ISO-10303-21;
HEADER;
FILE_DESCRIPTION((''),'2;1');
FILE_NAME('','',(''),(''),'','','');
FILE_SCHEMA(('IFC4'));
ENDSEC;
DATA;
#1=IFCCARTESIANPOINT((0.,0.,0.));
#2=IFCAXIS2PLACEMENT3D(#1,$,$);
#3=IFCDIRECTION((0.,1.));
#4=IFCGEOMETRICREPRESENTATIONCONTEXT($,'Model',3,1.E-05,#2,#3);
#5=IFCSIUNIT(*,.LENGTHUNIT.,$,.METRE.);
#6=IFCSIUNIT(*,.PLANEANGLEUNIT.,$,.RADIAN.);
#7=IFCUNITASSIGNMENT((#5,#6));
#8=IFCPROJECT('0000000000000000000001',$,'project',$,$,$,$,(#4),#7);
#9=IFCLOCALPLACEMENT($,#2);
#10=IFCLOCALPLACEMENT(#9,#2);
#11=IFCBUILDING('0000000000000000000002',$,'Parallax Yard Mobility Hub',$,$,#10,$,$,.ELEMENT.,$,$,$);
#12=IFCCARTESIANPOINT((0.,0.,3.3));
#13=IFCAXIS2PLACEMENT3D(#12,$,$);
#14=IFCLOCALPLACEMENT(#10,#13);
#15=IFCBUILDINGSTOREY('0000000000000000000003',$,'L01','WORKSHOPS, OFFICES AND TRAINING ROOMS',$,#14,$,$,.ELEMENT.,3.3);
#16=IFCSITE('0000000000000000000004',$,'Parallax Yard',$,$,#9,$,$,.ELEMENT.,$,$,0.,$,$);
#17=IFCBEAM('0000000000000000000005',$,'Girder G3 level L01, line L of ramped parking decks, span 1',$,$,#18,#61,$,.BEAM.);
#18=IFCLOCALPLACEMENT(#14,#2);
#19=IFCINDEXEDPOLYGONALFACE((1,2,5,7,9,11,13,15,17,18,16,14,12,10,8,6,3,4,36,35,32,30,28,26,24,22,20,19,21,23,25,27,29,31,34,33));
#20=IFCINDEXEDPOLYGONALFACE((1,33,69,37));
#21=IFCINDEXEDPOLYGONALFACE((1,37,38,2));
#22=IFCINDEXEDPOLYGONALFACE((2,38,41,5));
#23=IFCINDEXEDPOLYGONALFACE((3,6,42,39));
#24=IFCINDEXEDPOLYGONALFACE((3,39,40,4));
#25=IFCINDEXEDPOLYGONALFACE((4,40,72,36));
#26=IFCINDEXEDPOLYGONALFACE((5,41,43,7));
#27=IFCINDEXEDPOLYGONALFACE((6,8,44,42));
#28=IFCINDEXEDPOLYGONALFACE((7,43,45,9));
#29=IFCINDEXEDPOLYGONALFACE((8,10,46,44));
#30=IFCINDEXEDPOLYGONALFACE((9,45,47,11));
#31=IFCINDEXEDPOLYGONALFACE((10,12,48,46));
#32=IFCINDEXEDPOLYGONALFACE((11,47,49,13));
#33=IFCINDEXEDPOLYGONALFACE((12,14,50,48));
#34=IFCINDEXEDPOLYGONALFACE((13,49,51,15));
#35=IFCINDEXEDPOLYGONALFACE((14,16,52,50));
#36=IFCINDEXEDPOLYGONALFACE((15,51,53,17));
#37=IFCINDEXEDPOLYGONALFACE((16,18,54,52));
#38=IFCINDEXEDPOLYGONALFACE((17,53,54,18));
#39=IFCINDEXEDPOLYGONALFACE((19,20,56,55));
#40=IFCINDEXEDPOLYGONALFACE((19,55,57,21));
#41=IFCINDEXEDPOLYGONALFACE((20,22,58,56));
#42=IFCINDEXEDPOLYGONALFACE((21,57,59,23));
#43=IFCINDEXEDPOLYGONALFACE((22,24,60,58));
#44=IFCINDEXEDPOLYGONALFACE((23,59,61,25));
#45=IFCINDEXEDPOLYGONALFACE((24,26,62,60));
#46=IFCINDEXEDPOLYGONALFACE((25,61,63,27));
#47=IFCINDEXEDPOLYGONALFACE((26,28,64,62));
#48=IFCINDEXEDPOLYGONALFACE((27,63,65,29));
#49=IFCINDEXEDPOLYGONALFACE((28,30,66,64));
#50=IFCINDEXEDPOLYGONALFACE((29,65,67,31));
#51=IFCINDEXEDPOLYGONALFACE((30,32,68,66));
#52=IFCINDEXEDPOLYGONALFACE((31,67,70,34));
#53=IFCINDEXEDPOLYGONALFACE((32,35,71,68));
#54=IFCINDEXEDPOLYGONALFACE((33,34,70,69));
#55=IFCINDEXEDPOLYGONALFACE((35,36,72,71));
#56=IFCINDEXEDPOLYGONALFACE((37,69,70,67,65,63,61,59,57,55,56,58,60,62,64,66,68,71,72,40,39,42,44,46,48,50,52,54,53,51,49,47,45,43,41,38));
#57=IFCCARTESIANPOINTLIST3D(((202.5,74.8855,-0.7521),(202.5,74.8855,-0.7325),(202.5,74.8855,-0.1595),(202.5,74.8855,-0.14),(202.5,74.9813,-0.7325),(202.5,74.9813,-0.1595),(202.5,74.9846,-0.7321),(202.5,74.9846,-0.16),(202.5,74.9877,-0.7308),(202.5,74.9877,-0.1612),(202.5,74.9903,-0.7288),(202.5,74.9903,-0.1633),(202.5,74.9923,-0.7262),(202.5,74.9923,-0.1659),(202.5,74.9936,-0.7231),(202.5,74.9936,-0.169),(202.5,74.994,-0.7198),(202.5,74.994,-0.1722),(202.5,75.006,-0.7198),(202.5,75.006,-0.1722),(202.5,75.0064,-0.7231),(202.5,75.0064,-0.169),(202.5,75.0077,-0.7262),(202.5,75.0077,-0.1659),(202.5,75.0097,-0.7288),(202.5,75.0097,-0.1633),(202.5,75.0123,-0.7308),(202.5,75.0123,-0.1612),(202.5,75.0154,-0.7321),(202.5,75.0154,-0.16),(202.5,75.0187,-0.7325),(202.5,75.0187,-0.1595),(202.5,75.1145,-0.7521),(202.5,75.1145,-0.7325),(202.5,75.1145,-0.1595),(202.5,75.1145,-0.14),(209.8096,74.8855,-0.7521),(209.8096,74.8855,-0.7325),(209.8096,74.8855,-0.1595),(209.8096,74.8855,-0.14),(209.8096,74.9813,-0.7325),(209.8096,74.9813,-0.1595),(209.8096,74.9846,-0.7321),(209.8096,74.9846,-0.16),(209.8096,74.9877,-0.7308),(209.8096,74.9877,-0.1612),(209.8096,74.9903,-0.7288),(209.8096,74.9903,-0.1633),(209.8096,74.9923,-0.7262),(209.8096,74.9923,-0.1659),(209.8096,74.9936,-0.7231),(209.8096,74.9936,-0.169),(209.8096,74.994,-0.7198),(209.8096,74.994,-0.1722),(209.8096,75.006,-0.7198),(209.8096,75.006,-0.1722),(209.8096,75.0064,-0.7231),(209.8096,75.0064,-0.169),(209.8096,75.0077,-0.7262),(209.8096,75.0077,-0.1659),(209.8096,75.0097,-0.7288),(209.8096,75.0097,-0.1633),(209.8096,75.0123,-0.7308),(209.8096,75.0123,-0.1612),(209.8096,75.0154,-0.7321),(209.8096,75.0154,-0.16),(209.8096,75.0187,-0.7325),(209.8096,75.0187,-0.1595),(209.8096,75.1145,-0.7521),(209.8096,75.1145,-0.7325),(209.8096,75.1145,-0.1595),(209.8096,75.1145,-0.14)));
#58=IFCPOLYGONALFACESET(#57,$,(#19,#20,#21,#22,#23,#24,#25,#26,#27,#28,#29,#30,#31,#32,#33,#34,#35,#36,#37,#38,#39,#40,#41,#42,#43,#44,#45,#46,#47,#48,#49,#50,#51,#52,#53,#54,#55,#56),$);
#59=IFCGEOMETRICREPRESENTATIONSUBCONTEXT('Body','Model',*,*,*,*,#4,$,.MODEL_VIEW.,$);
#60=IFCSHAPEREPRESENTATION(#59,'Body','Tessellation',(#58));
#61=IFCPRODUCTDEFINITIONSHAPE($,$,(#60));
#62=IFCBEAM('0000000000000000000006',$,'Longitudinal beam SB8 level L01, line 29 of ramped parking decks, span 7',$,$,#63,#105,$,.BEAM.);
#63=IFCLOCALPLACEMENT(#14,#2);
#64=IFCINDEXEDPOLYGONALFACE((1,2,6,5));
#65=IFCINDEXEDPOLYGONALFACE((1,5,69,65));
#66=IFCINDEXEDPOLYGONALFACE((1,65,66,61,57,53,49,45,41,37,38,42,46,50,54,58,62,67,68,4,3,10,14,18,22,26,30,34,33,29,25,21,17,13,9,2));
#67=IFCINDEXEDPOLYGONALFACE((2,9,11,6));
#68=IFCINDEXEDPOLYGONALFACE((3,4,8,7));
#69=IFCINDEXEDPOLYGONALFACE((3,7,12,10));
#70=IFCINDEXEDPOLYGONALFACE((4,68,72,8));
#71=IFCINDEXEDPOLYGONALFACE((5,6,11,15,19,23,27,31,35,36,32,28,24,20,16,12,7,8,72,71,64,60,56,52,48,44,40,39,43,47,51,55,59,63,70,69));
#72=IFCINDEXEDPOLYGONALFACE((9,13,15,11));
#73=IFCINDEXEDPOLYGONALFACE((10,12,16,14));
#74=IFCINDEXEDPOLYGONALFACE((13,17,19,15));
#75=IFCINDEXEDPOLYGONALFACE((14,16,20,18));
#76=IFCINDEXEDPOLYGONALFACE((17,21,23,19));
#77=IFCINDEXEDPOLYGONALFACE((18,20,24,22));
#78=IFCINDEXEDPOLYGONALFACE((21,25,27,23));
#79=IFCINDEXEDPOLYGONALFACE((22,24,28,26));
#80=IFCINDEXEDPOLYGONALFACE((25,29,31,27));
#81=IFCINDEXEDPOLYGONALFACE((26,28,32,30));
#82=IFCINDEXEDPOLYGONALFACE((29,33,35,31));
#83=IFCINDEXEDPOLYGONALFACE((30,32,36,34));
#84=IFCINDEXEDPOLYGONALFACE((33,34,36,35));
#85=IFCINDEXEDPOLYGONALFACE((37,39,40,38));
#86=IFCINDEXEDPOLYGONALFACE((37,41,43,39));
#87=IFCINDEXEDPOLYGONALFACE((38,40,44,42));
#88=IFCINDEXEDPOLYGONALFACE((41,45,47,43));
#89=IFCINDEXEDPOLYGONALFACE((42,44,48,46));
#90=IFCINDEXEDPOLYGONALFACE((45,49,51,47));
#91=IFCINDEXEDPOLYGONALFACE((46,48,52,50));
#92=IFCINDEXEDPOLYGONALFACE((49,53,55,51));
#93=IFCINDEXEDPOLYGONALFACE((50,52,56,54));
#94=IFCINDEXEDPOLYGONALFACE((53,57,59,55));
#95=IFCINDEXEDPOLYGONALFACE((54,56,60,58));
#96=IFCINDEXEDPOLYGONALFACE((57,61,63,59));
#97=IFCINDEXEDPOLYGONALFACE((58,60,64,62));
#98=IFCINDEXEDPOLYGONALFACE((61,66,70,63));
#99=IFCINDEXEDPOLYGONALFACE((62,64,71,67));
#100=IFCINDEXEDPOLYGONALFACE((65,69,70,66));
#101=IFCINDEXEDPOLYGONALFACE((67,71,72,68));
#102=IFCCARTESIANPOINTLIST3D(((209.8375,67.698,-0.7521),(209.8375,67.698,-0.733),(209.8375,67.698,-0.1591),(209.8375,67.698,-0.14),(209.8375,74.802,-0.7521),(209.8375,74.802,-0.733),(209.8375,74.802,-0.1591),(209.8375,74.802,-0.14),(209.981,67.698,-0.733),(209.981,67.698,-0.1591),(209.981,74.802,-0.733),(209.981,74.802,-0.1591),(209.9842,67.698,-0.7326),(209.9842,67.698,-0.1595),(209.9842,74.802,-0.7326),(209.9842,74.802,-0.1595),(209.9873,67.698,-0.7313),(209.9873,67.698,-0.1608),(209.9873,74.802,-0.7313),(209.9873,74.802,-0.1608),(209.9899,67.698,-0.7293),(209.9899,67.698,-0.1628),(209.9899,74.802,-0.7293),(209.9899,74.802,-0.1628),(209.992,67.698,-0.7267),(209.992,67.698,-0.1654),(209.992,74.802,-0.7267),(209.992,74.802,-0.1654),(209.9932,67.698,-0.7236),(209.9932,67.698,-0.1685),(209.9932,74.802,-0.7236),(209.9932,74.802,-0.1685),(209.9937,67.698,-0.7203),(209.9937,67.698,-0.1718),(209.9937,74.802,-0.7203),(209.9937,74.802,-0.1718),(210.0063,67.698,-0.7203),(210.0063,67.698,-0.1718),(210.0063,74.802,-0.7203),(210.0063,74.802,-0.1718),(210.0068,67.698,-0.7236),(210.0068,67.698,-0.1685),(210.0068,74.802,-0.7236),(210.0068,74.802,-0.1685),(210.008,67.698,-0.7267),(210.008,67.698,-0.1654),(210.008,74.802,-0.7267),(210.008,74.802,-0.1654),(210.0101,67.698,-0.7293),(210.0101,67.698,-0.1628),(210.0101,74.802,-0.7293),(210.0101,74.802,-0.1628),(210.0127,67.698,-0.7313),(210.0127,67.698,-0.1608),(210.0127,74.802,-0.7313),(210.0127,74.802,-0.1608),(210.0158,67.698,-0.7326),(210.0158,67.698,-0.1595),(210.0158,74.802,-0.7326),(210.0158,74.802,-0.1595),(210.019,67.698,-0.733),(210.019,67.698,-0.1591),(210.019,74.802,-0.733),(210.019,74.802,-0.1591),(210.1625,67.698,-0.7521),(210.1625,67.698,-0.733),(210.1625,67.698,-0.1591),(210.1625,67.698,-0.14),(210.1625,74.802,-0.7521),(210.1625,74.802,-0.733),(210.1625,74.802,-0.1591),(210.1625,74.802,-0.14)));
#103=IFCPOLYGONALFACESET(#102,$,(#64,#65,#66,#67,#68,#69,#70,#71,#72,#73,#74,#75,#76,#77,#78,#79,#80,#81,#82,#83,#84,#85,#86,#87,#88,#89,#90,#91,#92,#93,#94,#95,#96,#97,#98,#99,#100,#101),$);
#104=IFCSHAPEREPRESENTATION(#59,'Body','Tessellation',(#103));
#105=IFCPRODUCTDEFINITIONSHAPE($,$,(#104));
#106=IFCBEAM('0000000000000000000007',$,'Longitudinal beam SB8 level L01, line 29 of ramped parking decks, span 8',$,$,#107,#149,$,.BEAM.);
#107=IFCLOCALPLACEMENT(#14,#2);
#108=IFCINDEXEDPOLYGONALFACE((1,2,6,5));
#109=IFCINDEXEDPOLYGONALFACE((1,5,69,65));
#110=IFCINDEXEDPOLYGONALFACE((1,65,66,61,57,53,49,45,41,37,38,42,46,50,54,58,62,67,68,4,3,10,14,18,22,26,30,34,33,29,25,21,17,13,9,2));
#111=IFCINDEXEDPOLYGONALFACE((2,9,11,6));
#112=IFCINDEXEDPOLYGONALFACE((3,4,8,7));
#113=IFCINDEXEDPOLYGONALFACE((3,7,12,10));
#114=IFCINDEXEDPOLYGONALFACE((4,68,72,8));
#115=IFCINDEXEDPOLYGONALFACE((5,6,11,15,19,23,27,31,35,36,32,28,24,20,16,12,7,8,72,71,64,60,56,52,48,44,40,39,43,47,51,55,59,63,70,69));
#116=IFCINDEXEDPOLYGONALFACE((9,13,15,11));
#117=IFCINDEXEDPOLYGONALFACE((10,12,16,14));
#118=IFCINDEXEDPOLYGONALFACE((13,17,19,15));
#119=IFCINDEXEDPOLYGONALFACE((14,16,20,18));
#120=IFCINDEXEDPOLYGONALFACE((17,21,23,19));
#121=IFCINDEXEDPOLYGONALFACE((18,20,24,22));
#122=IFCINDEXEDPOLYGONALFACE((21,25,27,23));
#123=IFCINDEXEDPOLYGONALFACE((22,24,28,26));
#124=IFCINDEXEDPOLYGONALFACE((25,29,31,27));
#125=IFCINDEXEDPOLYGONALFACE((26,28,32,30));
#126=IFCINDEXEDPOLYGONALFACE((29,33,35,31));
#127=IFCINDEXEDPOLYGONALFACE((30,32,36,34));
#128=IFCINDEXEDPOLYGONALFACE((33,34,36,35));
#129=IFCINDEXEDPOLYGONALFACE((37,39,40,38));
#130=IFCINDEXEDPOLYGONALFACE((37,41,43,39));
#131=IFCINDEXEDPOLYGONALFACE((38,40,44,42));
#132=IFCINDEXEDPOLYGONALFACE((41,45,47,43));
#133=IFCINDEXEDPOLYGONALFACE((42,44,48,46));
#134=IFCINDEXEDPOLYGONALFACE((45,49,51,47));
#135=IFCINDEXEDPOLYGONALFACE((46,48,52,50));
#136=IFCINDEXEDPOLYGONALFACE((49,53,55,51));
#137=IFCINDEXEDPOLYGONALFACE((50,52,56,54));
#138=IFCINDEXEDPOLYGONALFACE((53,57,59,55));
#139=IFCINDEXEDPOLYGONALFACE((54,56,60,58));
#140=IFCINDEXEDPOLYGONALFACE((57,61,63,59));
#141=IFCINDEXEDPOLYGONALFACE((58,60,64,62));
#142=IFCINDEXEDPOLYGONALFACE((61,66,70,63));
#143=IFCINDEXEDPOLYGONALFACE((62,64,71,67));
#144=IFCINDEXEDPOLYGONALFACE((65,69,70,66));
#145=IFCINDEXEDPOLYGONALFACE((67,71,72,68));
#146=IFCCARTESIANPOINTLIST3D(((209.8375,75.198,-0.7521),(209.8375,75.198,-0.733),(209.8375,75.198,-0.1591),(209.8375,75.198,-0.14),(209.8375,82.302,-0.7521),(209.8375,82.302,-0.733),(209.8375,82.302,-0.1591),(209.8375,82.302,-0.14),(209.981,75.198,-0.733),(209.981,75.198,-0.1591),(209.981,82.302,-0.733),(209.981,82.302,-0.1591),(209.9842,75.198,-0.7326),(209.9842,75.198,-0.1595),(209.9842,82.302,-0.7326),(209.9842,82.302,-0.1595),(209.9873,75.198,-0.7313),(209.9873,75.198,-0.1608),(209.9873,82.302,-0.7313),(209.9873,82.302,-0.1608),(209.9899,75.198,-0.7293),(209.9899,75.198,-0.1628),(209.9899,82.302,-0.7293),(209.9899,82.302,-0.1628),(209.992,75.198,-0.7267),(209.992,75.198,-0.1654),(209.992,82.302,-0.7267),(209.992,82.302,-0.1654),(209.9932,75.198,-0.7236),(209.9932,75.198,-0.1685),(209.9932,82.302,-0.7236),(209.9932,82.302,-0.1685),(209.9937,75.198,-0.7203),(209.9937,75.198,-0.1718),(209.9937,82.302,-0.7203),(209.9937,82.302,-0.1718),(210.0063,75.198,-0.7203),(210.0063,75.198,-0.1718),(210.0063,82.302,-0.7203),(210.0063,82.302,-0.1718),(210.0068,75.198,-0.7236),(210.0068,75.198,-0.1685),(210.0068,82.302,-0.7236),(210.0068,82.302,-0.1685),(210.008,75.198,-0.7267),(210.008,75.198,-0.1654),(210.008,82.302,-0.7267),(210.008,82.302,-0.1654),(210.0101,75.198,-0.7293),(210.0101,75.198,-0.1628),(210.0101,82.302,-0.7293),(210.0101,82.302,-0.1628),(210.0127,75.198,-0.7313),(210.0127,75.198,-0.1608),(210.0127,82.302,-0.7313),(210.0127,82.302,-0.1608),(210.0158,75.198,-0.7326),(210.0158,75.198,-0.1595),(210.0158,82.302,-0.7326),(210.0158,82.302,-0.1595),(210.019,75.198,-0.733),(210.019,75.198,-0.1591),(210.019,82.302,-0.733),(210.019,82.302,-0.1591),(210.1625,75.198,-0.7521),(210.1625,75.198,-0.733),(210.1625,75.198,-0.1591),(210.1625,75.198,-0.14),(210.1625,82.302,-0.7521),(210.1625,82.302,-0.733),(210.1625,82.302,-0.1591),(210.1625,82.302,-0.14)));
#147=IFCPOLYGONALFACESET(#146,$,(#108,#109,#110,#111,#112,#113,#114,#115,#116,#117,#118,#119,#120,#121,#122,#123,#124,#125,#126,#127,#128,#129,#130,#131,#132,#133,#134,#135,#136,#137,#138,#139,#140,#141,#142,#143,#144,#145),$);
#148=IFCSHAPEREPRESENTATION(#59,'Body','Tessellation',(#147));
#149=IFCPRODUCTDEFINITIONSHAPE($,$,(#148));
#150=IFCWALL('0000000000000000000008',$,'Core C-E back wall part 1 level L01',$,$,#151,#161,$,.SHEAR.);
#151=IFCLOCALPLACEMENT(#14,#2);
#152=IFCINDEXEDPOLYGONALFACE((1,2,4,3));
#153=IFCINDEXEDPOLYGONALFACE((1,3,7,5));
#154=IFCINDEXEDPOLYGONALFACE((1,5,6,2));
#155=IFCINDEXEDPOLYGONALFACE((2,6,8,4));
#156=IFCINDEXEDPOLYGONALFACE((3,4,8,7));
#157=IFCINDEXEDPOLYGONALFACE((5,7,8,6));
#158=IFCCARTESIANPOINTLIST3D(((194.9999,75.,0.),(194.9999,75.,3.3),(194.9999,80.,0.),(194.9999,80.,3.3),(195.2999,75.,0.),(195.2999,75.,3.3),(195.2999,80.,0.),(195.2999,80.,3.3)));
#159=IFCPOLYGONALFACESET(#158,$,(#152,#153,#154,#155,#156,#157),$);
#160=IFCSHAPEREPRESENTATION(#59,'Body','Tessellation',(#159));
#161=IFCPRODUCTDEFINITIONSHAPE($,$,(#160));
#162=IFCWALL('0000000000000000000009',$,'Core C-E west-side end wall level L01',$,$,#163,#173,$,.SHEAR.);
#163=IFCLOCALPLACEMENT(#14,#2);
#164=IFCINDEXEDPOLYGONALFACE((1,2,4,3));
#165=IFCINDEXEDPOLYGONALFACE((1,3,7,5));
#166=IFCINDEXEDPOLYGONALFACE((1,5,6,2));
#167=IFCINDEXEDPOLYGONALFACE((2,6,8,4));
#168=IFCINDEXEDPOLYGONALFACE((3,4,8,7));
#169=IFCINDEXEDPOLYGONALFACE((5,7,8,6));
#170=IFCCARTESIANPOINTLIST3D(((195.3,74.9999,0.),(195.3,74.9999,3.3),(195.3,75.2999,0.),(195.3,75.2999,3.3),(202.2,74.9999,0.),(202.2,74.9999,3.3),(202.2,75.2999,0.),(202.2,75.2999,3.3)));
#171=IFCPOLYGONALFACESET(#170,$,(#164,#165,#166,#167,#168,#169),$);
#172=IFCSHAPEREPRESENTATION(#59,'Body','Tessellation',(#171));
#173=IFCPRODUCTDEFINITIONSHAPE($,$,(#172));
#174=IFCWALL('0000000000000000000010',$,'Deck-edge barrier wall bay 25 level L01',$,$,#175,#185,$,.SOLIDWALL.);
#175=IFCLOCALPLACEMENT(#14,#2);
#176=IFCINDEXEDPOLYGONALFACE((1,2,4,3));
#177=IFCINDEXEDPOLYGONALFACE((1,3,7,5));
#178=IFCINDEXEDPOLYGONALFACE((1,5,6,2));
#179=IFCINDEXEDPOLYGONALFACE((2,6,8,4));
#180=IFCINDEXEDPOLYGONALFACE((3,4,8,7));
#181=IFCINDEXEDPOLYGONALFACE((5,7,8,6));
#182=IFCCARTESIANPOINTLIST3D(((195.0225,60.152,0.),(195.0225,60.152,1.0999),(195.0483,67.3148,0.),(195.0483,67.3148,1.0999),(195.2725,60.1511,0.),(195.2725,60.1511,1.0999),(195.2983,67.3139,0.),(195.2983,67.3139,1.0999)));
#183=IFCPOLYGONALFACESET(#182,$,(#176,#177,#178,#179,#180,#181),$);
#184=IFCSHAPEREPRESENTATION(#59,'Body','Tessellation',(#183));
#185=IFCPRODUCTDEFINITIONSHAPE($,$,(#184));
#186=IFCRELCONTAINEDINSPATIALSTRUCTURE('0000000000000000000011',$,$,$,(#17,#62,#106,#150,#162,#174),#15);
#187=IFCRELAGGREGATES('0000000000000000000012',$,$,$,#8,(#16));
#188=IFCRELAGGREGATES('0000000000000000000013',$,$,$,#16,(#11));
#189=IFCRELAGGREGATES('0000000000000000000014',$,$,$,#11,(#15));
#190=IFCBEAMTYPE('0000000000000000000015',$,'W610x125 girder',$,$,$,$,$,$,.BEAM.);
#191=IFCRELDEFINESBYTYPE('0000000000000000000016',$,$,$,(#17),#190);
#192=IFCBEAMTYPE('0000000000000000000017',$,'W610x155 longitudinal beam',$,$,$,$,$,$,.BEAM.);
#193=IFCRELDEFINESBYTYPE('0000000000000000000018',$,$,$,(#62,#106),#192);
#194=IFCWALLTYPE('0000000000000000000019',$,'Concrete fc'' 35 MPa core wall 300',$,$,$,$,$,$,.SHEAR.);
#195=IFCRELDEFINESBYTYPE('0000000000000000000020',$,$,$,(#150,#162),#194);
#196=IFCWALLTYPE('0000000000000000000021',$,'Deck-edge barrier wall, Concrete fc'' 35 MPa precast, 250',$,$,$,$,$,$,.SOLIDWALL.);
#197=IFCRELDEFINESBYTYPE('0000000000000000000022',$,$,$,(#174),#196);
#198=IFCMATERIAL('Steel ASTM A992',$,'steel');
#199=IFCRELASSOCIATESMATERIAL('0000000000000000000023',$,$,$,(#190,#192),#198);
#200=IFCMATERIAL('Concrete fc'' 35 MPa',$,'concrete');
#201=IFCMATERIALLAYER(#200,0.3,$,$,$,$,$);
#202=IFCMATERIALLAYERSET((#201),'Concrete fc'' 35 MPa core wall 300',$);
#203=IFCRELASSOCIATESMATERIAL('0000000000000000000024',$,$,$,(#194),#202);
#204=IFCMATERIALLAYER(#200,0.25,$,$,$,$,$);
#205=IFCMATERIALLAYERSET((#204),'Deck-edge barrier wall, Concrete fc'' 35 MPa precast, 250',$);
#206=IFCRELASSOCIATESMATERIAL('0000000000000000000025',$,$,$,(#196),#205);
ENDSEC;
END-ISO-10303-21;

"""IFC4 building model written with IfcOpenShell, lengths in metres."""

from ifc_helpers import new_model, si_unit, direction, frame, frame_2d, origin, origin_2d, place, context, subcontext, project, spatial, rectangle, i_section, extrude, material, layer, layer_set, material_profile, profile_set, type_object, element, save


model = new_model("IFC4")

# Units and contexts
model_context = context("Model", 3, precision=1e-05, world=origin(), true_north=direction((0.0, 1.0)))
body_context = subcontext(model_context, "Body", "Model", "MODEL_VIEW")
ifc_project = project(units=[si_unit("LENGTHUNIT", "METRE"), si_unit("PLANEANGLEUNIT", "RADIAN")], contexts=[model_context])

# Site, building, storey
site_placement = place(None, origin())
site = spatial("IfcSite", under=ifc_project, at=site_placement, Name="Parallax Yard", CompositionType="ELEMENT", RefElevation=0.0)
building_placement = place(site_placement, origin())
building = spatial("IfcBuilding", under=site, at=building_placement, Name="Parallax Yard Mobility Hub", CompositionType="ELEMENT")
storey_placement = place(building_placement, frame((0.0, 0.0, 3.3)))
storey = spatial("IfcBuildingStorey", under=building, at=storey_placement, Name="L01", Description="WORKSHOPS, OFFICES AND TRAINING ROOMS", CompositionType="ELEMENT", Elevation=3.3)

# Shared definitions
ifc_material_1 = material(Name="Steel ASTM A992", Category="steel")

# Beams
ifc_material_profile_1 = material_profile(ifc_material_1, i_section(OverallWidth=0.229, OverallDepth=0.6121, WebThickness=0.012, FlangeThickness=0.0195, FilletRadius=0.0127, at=origin_2d()), Name="W610x125")
ifc_profile_set_1 = profile_set([ifc_material_profile_1], Name="Steel ASTM A992")
beam_type_1 = type_object("IfcBeamType", Name="W610x125 girder", PredefinedType="BEAM", material=ifc_profile_set_1)
beam_1_placement = place(storey_placement, frame((202.5, 75.0, -0.446), z_axis=(1.0, 0.0, 0.0), x_axis=(0.0, 1.0, 0.0)))
element("IfcBeam", 1, at=beam_1_placement, inside=storey, type_object=beam_type_1, Name="Girder G3 level L01, line L of ramped parking decks, span 1", PredefinedType="BEAM", context=body_context, shape_type="SweptSolid", body=[
    extrude(i_section(OverallWidth=0.229, OverallDepth=0.6121, WebThickness=0.012, FlangeThickness=0.0195, FilletRadius=0.0127, at=origin_2d()), origin(), (0.0, 0.0, 1.0), 7.3096),
])
ifc_material_profile_2 = material_profile(ifc_material_1, i_section(OverallWidth=0.325, OverallDepth=0.6121, WebThickness=0.0127, FlangeThickness=0.019, FilletRadius=0.0127, at=origin_2d()), Name="W610x155")
ifc_profile_set_2 = profile_set([ifc_material_profile_2], Name="Steel ASTM A992")
beam_type_2 = type_object("IfcBeamType", Name="W610x155 longitudinal beam", PredefinedType="BEAM", material=ifc_profile_set_2)
for number, where, z_axis, x_axis, name in (
    (2, (210.0, 67.698, -0.446), (0.0, 1.0, 0.0), (-1.0, 0.0, 0.0), "Longitudinal beam SB8 level L01, line 29 of ramped parking decks, span 7"),
    (3, (210.0, 75.198, -0.446), (0.0, 1.0, 0.0), (-1.0, 0.0, 0.0), "Longitudinal beam SB8 level L01, line 29 of ramped parking decks, span 8"),
):
    element("IfcBeam", number, at=place(storey_placement, frame(where, z_axis=z_axis, x_axis=x_axis)), inside=storey, type_object=beam_type_2, Name=name, PredefinedType="BEAM", context=body_context, shape_type="SweptSolid", body=[
        extrude(i_section(OverallWidth=0.325, OverallDepth=0.6121, WebThickness=0.0127, FlangeThickness=0.019, FilletRadius=0.0127, at=origin_2d()), origin(), (0.0, 0.0, 1.0), 7.104),
    ])

# Walls
ifc_material_2 = material(Name="Concrete fc' 35 MPa", Category="concrete")
ifc_layer_1 = layer(ifc_material_2, 0.3)
ifc_layer_set_1 = layer_set([ifc_layer_1], Name="Concrete fc' 35 MPa core wall 300")
wall_type_1 = type_object("IfcWallType", Name="Concrete fc' 35 MPa core wall 300", PredefinedType="SHEAR", material=ifc_layer_set_1)
wall_1_placement = place(storey_placement, frame((195.1499, 75.0, 0.0), z_axis=(0.0, 0.0, 1.0), x_axis=(0.0, 1.0, 0.0)))
element("IfcWall", 4, at=wall_1_placement, inside=storey, type_object=wall_type_1, Name="Core C-E back wall part 1 level L01", PredefinedType="SHEAR", context=body_context, shape_type="SweptSolid", body=[
    extrude(rectangle(XDim=5.0, YDim=0.3, at=frame_2d((2.5, 0.0))), origin(), (0.0, 0.0, 1.0), 3.3),
])
wall_2_placement = place(storey_placement, frame((202.2, 75.1499, 0.0), z_axis=(0.0, 0.0, 1.0), x_axis=(-1.0, 0.0, 0.0)))
element("IfcWall", 5, at=wall_2_placement, inside=storey, type_object=wall_type_1, Name="Core C-E west-side end wall level L01", PredefinedType="SHEAR", context=body_context, shape_type="SweptSolid", body=[
    extrude(rectangle(XDim=6.8999, YDim=0.3, at=frame_2d((3.45, 0.0))), origin(), (0.0, 0.0, 1.0), 3.3),
])
ifc_layer_2 = layer(ifc_material_2, 0.25)
ifc_layer_set_2 = layer_set([ifc_layer_2], Name="Deck-edge barrier wall, Concrete fc' 35 MPa precast, 250")
wall_type_2 = type_object("IfcWallType", Name="Deck-edge barrier wall, Concrete fc' 35 MPa precast, 250", PredefinedType="SOLIDWALL", material=ifc_layer_set_2)
wall_3_placement = place(storey_placement, frame((195.1733, 67.3145, 0.0), z_axis=(0.0, 0.0, 1.0), x_axis=(-0.003613, -0.999993, 0.0)))
element("IfcWall", 6, at=wall_3_placement, inside=storey, type_object=wall_type_2, Name="Deck-edge barrier wall bay 25 level L01", PredefinedType="SOLIDWALL", context=body_context, shape_type="SweptSolid", body=[
    extrude(rectangle(XDim=7.1628, YDim=0.25, at=frame_2d((3.5815, 0.0))), origin(), (0.0, 0.0, 1.0), 1.0999),
])

save(model, "model.ifc")
